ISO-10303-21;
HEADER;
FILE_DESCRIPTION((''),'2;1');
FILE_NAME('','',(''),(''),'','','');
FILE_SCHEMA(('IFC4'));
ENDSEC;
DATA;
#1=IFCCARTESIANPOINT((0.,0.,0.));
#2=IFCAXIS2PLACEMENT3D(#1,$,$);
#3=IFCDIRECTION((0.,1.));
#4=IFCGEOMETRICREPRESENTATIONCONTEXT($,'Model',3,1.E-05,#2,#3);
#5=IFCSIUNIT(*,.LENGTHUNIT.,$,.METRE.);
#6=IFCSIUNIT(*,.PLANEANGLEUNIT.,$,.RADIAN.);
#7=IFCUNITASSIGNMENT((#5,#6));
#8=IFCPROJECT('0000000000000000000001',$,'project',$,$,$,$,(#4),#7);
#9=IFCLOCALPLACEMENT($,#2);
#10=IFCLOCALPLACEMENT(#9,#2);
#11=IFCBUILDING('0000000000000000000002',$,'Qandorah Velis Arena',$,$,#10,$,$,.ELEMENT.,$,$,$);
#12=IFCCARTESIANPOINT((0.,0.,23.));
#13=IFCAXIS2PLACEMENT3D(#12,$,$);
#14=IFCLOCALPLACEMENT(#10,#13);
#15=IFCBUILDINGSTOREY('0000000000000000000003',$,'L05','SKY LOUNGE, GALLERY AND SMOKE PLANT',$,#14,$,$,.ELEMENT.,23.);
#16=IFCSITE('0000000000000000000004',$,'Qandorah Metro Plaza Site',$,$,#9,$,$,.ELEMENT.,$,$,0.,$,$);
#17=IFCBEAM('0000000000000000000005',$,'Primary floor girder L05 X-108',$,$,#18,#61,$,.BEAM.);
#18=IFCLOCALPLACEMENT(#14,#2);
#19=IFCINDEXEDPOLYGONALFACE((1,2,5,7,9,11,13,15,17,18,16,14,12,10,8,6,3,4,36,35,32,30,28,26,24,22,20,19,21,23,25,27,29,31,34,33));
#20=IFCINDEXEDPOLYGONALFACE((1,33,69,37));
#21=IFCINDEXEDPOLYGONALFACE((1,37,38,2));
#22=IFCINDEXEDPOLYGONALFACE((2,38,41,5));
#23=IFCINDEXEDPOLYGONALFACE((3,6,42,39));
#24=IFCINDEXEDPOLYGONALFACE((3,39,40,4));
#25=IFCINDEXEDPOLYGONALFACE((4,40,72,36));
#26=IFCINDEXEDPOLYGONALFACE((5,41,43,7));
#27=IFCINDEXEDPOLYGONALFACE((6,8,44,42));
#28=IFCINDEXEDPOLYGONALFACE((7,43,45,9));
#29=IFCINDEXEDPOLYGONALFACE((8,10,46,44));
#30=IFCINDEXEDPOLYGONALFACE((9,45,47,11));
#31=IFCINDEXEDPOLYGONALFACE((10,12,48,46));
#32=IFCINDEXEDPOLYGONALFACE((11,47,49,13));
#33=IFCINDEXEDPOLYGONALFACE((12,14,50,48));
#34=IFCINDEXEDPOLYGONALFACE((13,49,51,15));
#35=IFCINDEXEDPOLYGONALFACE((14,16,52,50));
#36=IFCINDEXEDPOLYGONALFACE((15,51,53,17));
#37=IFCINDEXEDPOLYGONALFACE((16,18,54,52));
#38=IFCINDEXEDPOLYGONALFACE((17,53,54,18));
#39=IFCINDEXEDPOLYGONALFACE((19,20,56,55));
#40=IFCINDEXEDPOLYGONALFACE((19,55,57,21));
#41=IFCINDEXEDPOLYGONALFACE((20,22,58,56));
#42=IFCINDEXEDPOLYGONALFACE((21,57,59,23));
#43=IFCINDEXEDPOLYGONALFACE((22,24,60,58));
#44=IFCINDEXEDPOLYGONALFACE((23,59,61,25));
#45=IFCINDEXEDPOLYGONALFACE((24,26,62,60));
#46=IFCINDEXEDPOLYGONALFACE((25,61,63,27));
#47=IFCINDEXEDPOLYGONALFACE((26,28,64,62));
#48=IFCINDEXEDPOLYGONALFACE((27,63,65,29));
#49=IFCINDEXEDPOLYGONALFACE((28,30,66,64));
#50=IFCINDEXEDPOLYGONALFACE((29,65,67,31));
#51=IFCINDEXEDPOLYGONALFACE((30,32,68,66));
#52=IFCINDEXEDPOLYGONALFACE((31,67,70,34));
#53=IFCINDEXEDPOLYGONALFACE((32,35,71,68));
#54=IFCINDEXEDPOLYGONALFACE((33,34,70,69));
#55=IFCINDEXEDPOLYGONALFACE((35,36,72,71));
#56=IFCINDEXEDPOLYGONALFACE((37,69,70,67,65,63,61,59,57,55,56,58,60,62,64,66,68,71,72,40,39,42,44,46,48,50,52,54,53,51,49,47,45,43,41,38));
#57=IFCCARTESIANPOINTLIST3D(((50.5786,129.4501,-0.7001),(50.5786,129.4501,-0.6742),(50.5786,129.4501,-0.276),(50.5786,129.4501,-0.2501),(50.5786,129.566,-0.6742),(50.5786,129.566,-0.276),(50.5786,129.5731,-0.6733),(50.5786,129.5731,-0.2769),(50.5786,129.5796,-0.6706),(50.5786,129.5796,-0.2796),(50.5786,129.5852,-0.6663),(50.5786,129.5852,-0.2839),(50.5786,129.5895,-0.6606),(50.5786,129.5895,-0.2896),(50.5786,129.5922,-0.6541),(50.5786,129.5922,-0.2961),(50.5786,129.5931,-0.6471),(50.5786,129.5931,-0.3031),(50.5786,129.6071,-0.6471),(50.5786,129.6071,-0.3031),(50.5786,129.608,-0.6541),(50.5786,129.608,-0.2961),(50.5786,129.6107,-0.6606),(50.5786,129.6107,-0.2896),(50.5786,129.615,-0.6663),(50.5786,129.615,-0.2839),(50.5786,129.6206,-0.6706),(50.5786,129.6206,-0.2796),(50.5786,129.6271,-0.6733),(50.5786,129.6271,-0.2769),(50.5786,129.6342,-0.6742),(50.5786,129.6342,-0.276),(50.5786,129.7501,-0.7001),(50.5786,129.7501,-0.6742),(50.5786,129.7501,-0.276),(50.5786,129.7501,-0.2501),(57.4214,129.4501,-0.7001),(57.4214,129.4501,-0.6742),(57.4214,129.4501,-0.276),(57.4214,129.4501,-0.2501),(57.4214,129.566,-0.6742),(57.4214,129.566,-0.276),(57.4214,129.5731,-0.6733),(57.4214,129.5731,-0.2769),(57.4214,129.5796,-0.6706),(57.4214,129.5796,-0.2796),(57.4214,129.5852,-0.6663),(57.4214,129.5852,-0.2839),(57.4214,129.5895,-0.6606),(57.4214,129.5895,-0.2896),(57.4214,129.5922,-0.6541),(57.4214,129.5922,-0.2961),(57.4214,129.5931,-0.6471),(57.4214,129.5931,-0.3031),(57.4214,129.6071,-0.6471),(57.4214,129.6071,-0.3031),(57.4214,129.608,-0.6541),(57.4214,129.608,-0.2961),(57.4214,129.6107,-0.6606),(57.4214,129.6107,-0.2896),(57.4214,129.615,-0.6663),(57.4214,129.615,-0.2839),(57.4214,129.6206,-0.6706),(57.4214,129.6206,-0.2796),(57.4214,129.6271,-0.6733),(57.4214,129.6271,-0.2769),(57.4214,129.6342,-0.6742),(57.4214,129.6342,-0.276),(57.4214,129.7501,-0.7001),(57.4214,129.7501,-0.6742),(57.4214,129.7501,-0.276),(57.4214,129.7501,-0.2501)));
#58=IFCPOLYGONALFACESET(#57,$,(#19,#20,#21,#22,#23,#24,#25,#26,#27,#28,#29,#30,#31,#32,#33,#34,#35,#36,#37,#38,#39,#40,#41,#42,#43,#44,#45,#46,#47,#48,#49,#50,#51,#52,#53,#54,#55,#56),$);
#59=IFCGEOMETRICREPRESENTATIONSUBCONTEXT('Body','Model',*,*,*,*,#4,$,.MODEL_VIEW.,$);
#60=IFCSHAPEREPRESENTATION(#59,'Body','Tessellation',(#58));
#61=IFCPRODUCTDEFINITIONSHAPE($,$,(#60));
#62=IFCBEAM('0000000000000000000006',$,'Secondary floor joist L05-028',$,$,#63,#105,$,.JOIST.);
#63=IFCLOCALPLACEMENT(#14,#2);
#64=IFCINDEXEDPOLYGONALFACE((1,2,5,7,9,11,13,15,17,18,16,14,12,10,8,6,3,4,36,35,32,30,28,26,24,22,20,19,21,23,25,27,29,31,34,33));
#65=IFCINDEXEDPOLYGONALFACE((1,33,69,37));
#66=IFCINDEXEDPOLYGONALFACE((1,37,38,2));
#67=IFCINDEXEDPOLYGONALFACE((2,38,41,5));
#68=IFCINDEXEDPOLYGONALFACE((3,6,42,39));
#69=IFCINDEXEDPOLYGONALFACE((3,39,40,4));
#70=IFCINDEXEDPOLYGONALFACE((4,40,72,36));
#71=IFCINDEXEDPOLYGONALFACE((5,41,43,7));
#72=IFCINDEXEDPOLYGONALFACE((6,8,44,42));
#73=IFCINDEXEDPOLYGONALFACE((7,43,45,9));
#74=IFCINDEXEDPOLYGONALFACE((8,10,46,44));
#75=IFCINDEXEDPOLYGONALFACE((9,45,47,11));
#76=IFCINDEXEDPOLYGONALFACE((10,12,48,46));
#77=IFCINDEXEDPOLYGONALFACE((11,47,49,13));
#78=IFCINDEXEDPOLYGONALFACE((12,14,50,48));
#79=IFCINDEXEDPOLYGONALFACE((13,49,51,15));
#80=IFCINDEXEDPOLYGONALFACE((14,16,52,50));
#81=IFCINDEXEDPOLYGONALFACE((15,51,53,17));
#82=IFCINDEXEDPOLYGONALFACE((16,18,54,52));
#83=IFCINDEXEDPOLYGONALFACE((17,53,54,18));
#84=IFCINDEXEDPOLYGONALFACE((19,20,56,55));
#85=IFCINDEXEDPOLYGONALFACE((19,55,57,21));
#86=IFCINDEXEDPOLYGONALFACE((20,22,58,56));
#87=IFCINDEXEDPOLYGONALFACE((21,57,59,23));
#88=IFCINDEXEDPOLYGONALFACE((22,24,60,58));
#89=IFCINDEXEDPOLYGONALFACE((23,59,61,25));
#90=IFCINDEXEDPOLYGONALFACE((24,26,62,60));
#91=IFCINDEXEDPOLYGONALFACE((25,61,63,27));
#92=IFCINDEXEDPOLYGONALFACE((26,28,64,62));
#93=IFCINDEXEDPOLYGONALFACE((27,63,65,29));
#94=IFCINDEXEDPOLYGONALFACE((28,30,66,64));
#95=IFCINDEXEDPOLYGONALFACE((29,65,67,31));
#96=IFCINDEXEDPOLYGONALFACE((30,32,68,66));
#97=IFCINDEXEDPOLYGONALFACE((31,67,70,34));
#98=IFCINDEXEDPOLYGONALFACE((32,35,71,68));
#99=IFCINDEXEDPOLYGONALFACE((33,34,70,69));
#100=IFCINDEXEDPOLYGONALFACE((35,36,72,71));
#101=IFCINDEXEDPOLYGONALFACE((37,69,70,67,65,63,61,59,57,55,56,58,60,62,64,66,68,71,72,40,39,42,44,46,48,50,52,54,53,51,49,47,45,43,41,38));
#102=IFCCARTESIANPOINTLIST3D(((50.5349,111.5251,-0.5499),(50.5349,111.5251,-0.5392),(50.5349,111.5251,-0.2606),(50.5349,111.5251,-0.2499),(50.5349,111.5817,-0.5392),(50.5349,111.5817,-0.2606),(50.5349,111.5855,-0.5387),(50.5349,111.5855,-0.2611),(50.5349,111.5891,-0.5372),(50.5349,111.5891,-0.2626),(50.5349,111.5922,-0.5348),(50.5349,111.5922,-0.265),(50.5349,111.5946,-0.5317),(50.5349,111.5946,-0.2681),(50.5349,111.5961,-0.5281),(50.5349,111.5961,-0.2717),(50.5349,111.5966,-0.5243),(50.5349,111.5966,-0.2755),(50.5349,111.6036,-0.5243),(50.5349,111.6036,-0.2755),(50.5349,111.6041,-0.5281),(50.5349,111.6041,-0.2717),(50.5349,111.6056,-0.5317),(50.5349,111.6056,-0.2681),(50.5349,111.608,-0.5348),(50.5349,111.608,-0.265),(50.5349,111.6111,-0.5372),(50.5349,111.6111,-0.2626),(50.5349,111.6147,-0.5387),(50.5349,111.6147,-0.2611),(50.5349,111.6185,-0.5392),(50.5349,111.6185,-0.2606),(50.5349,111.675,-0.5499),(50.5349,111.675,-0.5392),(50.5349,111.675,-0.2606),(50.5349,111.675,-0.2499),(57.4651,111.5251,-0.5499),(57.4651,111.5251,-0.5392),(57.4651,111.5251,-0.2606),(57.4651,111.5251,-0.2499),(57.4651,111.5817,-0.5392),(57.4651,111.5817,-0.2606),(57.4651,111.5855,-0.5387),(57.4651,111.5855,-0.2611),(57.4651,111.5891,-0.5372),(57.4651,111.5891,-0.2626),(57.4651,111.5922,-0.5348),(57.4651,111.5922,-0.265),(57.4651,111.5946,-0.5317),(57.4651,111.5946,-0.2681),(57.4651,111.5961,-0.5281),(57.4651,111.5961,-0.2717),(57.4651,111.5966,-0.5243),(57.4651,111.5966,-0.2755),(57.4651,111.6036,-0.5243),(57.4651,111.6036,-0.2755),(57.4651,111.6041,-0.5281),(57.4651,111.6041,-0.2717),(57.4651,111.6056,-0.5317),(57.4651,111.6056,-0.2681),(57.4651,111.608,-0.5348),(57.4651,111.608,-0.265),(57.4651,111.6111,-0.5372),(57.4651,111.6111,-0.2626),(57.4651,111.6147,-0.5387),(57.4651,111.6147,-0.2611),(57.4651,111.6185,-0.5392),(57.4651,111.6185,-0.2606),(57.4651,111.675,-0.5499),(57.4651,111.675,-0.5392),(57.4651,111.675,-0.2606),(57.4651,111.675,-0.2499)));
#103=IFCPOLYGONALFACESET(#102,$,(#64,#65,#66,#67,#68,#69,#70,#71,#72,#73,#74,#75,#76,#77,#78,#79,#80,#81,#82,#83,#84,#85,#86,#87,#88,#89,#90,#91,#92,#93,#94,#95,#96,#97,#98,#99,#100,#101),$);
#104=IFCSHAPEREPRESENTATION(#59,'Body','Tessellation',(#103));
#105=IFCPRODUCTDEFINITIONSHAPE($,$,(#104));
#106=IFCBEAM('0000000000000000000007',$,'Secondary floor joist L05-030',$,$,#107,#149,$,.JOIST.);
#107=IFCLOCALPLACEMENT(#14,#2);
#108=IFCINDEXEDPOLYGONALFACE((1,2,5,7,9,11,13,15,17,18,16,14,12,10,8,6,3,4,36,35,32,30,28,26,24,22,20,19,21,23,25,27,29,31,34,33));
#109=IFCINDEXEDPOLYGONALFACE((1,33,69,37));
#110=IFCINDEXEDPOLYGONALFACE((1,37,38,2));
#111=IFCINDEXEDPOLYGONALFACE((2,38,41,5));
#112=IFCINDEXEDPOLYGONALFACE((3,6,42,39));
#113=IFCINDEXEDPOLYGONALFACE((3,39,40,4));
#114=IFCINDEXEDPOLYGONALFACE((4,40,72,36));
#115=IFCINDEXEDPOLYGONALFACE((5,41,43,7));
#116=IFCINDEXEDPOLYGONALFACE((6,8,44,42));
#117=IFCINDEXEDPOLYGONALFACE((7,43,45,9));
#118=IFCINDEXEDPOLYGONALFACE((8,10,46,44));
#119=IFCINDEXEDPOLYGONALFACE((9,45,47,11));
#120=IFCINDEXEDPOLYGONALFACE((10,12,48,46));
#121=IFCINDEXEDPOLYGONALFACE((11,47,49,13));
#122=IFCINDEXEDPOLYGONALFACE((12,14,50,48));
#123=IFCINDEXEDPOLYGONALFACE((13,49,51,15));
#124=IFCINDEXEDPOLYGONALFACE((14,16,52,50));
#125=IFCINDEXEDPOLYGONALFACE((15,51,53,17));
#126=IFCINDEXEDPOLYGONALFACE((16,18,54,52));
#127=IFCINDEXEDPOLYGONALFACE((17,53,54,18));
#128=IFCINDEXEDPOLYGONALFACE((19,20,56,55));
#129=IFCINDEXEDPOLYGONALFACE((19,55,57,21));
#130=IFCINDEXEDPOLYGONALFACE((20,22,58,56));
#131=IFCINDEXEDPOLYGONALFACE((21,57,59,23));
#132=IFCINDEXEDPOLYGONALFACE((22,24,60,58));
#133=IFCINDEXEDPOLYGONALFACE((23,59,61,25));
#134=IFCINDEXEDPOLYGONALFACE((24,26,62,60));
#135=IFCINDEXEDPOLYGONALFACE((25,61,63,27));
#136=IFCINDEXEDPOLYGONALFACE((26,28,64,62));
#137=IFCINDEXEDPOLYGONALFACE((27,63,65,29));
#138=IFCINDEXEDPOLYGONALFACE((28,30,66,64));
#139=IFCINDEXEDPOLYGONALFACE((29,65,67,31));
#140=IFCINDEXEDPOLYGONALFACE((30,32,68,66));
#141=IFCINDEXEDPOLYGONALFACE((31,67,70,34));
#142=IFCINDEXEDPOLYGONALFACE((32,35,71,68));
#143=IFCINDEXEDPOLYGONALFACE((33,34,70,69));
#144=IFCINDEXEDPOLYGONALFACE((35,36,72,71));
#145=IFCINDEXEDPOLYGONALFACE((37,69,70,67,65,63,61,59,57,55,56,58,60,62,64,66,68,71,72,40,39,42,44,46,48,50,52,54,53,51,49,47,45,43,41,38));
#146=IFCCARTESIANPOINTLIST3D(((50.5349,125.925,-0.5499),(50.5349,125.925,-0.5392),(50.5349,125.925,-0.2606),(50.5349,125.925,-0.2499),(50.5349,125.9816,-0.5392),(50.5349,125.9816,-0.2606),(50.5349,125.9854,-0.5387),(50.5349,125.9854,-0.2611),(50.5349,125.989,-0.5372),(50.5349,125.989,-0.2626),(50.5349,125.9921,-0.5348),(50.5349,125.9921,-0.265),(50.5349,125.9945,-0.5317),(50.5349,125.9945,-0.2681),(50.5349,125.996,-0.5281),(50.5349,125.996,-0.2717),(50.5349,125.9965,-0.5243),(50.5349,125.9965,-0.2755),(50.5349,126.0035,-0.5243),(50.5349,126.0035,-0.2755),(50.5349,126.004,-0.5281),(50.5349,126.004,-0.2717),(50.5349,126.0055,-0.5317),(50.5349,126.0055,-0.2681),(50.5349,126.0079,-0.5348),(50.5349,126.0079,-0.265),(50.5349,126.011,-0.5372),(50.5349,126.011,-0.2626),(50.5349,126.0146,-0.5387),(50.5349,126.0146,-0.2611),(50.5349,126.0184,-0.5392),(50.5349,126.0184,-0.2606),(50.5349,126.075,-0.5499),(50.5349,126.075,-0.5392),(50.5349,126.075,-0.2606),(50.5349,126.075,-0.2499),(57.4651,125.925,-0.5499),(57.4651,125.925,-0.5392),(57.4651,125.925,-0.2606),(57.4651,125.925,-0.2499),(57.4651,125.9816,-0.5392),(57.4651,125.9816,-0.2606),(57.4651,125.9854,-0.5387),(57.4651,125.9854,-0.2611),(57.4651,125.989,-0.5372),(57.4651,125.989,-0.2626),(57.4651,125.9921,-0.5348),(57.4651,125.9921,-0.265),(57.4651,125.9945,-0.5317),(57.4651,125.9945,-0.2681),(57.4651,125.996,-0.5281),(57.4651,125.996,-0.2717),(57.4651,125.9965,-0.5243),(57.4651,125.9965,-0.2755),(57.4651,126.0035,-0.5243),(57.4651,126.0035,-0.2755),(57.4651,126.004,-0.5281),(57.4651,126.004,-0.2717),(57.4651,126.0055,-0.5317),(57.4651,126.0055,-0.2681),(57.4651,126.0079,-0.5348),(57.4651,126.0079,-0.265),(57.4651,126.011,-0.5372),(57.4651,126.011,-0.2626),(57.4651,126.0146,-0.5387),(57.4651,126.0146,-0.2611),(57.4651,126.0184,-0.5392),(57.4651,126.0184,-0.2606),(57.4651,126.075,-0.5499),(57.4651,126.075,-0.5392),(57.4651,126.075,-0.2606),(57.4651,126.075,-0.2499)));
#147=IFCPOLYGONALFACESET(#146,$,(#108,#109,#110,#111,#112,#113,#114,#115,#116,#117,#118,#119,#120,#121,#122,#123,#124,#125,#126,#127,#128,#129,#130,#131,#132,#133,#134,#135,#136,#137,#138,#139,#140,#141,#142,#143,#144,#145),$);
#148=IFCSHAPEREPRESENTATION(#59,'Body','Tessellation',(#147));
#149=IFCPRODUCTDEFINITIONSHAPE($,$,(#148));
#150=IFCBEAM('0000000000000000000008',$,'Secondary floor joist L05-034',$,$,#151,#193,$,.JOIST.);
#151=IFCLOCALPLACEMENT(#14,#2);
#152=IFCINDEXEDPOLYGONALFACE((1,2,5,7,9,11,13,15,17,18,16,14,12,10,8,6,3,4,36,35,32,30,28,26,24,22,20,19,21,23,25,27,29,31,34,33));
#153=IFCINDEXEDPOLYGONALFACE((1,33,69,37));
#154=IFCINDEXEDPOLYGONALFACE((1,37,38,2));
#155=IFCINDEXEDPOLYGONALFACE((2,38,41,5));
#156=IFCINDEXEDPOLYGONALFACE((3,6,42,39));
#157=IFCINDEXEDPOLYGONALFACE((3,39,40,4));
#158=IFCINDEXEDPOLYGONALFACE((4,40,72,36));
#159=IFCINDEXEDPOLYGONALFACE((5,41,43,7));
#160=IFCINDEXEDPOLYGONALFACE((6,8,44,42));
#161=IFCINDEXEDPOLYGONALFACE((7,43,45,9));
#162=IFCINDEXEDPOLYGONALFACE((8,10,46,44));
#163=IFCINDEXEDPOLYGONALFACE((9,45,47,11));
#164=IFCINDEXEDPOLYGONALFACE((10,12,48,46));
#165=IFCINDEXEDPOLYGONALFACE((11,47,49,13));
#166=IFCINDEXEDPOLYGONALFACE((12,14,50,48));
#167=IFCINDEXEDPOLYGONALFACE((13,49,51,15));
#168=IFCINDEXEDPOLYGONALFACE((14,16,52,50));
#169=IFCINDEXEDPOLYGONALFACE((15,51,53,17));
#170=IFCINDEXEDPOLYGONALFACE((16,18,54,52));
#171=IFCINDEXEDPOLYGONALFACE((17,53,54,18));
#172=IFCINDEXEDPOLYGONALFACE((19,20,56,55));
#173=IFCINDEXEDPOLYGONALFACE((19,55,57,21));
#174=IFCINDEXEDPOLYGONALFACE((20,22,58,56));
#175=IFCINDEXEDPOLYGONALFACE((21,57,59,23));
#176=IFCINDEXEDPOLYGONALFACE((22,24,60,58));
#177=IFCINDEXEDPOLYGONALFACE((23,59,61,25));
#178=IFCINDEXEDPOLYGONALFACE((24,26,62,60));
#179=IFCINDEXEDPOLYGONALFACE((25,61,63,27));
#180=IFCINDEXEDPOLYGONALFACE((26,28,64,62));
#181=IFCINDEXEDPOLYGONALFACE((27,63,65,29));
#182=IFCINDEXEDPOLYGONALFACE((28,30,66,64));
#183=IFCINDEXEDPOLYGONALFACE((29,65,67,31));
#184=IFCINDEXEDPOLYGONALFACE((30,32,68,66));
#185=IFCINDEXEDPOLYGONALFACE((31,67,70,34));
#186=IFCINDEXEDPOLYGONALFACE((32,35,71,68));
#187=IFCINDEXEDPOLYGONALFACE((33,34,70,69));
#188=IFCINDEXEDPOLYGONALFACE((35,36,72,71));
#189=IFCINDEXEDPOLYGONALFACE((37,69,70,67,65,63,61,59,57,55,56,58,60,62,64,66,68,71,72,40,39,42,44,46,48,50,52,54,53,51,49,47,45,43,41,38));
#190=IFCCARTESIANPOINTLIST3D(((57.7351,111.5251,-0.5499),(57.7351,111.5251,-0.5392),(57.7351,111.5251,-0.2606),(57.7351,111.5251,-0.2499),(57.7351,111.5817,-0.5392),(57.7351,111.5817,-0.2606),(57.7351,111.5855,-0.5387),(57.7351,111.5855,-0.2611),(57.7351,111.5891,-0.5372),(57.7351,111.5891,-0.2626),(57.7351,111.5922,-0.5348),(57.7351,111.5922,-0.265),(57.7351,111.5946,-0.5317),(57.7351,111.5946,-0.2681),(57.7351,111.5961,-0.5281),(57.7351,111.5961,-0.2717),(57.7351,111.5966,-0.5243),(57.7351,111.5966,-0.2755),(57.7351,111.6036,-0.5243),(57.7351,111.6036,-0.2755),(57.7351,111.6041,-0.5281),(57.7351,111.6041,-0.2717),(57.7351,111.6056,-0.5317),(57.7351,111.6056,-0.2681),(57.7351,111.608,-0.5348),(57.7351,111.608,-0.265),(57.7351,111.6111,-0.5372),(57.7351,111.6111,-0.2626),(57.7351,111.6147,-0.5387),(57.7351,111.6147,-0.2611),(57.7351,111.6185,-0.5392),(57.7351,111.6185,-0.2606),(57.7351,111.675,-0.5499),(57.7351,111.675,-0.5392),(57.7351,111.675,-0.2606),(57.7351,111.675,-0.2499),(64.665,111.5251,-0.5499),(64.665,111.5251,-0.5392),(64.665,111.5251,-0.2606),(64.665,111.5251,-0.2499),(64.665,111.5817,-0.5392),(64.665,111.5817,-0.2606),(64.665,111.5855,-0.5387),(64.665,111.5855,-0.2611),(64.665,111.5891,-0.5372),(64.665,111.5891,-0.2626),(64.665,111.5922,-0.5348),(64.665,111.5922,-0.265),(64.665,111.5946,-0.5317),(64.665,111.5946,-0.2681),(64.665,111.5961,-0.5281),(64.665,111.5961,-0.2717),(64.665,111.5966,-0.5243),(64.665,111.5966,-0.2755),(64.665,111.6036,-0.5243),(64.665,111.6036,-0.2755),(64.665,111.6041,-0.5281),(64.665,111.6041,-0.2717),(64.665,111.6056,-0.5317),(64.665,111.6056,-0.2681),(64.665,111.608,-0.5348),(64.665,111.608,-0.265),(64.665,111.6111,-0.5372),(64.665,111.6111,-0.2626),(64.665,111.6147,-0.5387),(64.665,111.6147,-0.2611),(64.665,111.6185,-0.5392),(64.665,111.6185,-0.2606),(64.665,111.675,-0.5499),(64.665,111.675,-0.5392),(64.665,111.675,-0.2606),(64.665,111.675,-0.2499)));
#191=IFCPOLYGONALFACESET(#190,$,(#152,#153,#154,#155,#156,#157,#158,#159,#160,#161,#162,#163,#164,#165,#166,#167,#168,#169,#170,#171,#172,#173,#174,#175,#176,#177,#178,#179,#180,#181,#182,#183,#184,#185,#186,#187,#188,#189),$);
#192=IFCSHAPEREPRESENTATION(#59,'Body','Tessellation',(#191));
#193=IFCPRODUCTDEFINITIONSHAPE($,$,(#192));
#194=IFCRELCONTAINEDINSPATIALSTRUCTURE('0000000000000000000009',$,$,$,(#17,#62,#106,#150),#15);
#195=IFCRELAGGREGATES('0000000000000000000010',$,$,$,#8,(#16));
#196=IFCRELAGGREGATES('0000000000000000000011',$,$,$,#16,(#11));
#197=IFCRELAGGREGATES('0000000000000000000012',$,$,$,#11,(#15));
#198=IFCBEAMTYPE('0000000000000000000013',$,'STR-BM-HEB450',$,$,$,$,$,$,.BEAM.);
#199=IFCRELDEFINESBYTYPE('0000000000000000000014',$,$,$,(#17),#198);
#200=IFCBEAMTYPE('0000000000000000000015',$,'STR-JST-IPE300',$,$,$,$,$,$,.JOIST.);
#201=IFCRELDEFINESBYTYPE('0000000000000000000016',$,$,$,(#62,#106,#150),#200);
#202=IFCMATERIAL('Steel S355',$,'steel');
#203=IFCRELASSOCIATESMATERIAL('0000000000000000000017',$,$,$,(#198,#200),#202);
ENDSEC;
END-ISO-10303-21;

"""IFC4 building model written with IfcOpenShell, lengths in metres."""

from ifc_helpers import new_model, si_unit, direction, frame, origin, origin_2d, place, context, subcontext, project, spatial, i_section, extrude, material, material_profile, profile_set, type_object, element, save


model = new_model("IFC4")

# Units and contexts
model_context = context("Model", 3, precision=1e-05, world=origin(), true_north=direction((0.0, 1.0)))
body_context = subcontext(model_context, "Body", "Model", "MODEL_VIEW")
ifc_project = project(units=[si_unit("LENGTHUNIT", "METRE"), si_unit("PLANEANGLEUNIT", "RADIAN")], contexts=[model_context])

# Site, building, storey
site_placement = place(None, origin())
site = spatial("IfcSite", under=ifc_project, at=site_placement, Name="Qandorah Metro Plaza Site", CompositionType="ELEMENT", RefElevation=0.0)
building_placement = place(site_placement, origin())
building = spatial("IfcBuilding", under=site, at=building_placement, Name="Qandorah Velis Arena", CompositionType="ELEMENT")
storey_placement = place(building_placement, frame((0.0, 0.0, 23.0)))
storey = spatial("IfcBuildingStorey", under=building, at=storey_placement, Name="L05", Description="SKY LOUNGE, GALLERY AND SMOKE PLANT", CompositionType="ELEMENT", Elevation=23.0)

# Beams
ifc_material_1 = material(Name="Steel S355", Category="steel")
ifc_material_profile_1 = material_profile(ifc_material_1, i_section(OverallWidth=0.3, OverallDepth=0.45, WebThickness=0.0139, FlangeThickness=0.0259, FilletRadius=0.0271, at=origin_2d()), Name="HEB 450")
ifc_profile_set_1 = profile_set([ifc_material_profile_1], Name="Steel S355")
beam_type_1 = type_object("IfcBeamType", Name="STR-BM-HEB450", PredefinedType="BEAM", material=ifc_profile_set_1)
beam_1_placement = place(storey_placement, frame((50.5786, 129.6001, -0.4751), z_axis=(1.0, 0.0, 0.0), x_axis=(0.0, 1.0, 0.0)))
element("IfcBeam", 1, at=beam_1_placement, inside=storey, type_object=beam_type_1, Name="Primary floor girder L05 X-108", PredefinedType="BEAM", context=body_context, shape_type="SweptSolid", body=[
    extrude(i_section(OverallWidth=0.3, OverallDepth=0.45, WebThickness=0.0139, FlangeThickness=0.0259, FilletRadius=0.0271, at=origin_2d()), origin(), (0.0, 0.0, 1.0), 6.8428),
])
ifc_material_profile_2 = material_profile(ifc_material_1, i_section(OverallWidth=0.1499, OverallDepth=0.3, WebThickness=0.0071, FlangeThickness=0.0107, FilletRadius=0.0149, at=origin_2d()), Name="IPE 300")
ifc_profile_set_2 = profile_set([ifc_material_profile_2], Name="Steel S355")
beam_type_2 = type_object("IfcBeamType", Name="STR-JST-IPE300", PredefinedType="JOIST", material=ifc_profile_set_2)
for number, where, z_axis, x_axis, name in (
    (2, (50.5349, 111.6001, -0.3999), (1.0, 0.0, 0.0), (0.0, 1.0, 0.0), "Secondary floor joist L05-028"),
    (3, (50.5349, 126.0, -0.3999), (1.0, 0.0, 0.0), (0.0, 1.0, 0.0), "Secondary floor joist L05-030"),
):
    element("IfcBeam", number, at=place(storey_placement, frame(where, z_axis=z_axis, x_axis=x_axis)), inside=storey, type_object=beam_type_2, Name=name, PredefinedType="JOIST", context=body_context, shape_type="SweptSolid", body=[
        extrude(i_section(OverallWidth=0.1499, OverallDepth=0.3, WebThickness=0.0071, FlangeThickness=0.0107, FilletRadius=0.0149, at=origin_2d()), origin(), (0.0, 0.0, 1.0), 6.9302),
    ])
for number, where, z_axis, x_axis, name in (
    (4, (57.7351, 111.6001, -0.3999), (1.0, 0.0, 0.0), (0.0, 1.0, 0.0), "Secondary floor joist L05-034"),
):
    element("IfcBeam", number, at=place(storey_placement, frame(where, z_axis=z_axis, x_axis=x_axis)), inside=storey, type_object=beam_type_2, Name=name, PredefinedType="JOIST", context=body_context, shape_type="SweptSolid", body=[
        extrude(i_section(OverallWidth=0.1499, OverallDepth=0.3, WebThickness=0.0071, FlangeThickness=0.0107, FilletRadius=0.0149, at=origin_2d()), origin(), (0.0, 0.0, 1.0), 6.9299),
    ])

save(model, "model.ifc")
